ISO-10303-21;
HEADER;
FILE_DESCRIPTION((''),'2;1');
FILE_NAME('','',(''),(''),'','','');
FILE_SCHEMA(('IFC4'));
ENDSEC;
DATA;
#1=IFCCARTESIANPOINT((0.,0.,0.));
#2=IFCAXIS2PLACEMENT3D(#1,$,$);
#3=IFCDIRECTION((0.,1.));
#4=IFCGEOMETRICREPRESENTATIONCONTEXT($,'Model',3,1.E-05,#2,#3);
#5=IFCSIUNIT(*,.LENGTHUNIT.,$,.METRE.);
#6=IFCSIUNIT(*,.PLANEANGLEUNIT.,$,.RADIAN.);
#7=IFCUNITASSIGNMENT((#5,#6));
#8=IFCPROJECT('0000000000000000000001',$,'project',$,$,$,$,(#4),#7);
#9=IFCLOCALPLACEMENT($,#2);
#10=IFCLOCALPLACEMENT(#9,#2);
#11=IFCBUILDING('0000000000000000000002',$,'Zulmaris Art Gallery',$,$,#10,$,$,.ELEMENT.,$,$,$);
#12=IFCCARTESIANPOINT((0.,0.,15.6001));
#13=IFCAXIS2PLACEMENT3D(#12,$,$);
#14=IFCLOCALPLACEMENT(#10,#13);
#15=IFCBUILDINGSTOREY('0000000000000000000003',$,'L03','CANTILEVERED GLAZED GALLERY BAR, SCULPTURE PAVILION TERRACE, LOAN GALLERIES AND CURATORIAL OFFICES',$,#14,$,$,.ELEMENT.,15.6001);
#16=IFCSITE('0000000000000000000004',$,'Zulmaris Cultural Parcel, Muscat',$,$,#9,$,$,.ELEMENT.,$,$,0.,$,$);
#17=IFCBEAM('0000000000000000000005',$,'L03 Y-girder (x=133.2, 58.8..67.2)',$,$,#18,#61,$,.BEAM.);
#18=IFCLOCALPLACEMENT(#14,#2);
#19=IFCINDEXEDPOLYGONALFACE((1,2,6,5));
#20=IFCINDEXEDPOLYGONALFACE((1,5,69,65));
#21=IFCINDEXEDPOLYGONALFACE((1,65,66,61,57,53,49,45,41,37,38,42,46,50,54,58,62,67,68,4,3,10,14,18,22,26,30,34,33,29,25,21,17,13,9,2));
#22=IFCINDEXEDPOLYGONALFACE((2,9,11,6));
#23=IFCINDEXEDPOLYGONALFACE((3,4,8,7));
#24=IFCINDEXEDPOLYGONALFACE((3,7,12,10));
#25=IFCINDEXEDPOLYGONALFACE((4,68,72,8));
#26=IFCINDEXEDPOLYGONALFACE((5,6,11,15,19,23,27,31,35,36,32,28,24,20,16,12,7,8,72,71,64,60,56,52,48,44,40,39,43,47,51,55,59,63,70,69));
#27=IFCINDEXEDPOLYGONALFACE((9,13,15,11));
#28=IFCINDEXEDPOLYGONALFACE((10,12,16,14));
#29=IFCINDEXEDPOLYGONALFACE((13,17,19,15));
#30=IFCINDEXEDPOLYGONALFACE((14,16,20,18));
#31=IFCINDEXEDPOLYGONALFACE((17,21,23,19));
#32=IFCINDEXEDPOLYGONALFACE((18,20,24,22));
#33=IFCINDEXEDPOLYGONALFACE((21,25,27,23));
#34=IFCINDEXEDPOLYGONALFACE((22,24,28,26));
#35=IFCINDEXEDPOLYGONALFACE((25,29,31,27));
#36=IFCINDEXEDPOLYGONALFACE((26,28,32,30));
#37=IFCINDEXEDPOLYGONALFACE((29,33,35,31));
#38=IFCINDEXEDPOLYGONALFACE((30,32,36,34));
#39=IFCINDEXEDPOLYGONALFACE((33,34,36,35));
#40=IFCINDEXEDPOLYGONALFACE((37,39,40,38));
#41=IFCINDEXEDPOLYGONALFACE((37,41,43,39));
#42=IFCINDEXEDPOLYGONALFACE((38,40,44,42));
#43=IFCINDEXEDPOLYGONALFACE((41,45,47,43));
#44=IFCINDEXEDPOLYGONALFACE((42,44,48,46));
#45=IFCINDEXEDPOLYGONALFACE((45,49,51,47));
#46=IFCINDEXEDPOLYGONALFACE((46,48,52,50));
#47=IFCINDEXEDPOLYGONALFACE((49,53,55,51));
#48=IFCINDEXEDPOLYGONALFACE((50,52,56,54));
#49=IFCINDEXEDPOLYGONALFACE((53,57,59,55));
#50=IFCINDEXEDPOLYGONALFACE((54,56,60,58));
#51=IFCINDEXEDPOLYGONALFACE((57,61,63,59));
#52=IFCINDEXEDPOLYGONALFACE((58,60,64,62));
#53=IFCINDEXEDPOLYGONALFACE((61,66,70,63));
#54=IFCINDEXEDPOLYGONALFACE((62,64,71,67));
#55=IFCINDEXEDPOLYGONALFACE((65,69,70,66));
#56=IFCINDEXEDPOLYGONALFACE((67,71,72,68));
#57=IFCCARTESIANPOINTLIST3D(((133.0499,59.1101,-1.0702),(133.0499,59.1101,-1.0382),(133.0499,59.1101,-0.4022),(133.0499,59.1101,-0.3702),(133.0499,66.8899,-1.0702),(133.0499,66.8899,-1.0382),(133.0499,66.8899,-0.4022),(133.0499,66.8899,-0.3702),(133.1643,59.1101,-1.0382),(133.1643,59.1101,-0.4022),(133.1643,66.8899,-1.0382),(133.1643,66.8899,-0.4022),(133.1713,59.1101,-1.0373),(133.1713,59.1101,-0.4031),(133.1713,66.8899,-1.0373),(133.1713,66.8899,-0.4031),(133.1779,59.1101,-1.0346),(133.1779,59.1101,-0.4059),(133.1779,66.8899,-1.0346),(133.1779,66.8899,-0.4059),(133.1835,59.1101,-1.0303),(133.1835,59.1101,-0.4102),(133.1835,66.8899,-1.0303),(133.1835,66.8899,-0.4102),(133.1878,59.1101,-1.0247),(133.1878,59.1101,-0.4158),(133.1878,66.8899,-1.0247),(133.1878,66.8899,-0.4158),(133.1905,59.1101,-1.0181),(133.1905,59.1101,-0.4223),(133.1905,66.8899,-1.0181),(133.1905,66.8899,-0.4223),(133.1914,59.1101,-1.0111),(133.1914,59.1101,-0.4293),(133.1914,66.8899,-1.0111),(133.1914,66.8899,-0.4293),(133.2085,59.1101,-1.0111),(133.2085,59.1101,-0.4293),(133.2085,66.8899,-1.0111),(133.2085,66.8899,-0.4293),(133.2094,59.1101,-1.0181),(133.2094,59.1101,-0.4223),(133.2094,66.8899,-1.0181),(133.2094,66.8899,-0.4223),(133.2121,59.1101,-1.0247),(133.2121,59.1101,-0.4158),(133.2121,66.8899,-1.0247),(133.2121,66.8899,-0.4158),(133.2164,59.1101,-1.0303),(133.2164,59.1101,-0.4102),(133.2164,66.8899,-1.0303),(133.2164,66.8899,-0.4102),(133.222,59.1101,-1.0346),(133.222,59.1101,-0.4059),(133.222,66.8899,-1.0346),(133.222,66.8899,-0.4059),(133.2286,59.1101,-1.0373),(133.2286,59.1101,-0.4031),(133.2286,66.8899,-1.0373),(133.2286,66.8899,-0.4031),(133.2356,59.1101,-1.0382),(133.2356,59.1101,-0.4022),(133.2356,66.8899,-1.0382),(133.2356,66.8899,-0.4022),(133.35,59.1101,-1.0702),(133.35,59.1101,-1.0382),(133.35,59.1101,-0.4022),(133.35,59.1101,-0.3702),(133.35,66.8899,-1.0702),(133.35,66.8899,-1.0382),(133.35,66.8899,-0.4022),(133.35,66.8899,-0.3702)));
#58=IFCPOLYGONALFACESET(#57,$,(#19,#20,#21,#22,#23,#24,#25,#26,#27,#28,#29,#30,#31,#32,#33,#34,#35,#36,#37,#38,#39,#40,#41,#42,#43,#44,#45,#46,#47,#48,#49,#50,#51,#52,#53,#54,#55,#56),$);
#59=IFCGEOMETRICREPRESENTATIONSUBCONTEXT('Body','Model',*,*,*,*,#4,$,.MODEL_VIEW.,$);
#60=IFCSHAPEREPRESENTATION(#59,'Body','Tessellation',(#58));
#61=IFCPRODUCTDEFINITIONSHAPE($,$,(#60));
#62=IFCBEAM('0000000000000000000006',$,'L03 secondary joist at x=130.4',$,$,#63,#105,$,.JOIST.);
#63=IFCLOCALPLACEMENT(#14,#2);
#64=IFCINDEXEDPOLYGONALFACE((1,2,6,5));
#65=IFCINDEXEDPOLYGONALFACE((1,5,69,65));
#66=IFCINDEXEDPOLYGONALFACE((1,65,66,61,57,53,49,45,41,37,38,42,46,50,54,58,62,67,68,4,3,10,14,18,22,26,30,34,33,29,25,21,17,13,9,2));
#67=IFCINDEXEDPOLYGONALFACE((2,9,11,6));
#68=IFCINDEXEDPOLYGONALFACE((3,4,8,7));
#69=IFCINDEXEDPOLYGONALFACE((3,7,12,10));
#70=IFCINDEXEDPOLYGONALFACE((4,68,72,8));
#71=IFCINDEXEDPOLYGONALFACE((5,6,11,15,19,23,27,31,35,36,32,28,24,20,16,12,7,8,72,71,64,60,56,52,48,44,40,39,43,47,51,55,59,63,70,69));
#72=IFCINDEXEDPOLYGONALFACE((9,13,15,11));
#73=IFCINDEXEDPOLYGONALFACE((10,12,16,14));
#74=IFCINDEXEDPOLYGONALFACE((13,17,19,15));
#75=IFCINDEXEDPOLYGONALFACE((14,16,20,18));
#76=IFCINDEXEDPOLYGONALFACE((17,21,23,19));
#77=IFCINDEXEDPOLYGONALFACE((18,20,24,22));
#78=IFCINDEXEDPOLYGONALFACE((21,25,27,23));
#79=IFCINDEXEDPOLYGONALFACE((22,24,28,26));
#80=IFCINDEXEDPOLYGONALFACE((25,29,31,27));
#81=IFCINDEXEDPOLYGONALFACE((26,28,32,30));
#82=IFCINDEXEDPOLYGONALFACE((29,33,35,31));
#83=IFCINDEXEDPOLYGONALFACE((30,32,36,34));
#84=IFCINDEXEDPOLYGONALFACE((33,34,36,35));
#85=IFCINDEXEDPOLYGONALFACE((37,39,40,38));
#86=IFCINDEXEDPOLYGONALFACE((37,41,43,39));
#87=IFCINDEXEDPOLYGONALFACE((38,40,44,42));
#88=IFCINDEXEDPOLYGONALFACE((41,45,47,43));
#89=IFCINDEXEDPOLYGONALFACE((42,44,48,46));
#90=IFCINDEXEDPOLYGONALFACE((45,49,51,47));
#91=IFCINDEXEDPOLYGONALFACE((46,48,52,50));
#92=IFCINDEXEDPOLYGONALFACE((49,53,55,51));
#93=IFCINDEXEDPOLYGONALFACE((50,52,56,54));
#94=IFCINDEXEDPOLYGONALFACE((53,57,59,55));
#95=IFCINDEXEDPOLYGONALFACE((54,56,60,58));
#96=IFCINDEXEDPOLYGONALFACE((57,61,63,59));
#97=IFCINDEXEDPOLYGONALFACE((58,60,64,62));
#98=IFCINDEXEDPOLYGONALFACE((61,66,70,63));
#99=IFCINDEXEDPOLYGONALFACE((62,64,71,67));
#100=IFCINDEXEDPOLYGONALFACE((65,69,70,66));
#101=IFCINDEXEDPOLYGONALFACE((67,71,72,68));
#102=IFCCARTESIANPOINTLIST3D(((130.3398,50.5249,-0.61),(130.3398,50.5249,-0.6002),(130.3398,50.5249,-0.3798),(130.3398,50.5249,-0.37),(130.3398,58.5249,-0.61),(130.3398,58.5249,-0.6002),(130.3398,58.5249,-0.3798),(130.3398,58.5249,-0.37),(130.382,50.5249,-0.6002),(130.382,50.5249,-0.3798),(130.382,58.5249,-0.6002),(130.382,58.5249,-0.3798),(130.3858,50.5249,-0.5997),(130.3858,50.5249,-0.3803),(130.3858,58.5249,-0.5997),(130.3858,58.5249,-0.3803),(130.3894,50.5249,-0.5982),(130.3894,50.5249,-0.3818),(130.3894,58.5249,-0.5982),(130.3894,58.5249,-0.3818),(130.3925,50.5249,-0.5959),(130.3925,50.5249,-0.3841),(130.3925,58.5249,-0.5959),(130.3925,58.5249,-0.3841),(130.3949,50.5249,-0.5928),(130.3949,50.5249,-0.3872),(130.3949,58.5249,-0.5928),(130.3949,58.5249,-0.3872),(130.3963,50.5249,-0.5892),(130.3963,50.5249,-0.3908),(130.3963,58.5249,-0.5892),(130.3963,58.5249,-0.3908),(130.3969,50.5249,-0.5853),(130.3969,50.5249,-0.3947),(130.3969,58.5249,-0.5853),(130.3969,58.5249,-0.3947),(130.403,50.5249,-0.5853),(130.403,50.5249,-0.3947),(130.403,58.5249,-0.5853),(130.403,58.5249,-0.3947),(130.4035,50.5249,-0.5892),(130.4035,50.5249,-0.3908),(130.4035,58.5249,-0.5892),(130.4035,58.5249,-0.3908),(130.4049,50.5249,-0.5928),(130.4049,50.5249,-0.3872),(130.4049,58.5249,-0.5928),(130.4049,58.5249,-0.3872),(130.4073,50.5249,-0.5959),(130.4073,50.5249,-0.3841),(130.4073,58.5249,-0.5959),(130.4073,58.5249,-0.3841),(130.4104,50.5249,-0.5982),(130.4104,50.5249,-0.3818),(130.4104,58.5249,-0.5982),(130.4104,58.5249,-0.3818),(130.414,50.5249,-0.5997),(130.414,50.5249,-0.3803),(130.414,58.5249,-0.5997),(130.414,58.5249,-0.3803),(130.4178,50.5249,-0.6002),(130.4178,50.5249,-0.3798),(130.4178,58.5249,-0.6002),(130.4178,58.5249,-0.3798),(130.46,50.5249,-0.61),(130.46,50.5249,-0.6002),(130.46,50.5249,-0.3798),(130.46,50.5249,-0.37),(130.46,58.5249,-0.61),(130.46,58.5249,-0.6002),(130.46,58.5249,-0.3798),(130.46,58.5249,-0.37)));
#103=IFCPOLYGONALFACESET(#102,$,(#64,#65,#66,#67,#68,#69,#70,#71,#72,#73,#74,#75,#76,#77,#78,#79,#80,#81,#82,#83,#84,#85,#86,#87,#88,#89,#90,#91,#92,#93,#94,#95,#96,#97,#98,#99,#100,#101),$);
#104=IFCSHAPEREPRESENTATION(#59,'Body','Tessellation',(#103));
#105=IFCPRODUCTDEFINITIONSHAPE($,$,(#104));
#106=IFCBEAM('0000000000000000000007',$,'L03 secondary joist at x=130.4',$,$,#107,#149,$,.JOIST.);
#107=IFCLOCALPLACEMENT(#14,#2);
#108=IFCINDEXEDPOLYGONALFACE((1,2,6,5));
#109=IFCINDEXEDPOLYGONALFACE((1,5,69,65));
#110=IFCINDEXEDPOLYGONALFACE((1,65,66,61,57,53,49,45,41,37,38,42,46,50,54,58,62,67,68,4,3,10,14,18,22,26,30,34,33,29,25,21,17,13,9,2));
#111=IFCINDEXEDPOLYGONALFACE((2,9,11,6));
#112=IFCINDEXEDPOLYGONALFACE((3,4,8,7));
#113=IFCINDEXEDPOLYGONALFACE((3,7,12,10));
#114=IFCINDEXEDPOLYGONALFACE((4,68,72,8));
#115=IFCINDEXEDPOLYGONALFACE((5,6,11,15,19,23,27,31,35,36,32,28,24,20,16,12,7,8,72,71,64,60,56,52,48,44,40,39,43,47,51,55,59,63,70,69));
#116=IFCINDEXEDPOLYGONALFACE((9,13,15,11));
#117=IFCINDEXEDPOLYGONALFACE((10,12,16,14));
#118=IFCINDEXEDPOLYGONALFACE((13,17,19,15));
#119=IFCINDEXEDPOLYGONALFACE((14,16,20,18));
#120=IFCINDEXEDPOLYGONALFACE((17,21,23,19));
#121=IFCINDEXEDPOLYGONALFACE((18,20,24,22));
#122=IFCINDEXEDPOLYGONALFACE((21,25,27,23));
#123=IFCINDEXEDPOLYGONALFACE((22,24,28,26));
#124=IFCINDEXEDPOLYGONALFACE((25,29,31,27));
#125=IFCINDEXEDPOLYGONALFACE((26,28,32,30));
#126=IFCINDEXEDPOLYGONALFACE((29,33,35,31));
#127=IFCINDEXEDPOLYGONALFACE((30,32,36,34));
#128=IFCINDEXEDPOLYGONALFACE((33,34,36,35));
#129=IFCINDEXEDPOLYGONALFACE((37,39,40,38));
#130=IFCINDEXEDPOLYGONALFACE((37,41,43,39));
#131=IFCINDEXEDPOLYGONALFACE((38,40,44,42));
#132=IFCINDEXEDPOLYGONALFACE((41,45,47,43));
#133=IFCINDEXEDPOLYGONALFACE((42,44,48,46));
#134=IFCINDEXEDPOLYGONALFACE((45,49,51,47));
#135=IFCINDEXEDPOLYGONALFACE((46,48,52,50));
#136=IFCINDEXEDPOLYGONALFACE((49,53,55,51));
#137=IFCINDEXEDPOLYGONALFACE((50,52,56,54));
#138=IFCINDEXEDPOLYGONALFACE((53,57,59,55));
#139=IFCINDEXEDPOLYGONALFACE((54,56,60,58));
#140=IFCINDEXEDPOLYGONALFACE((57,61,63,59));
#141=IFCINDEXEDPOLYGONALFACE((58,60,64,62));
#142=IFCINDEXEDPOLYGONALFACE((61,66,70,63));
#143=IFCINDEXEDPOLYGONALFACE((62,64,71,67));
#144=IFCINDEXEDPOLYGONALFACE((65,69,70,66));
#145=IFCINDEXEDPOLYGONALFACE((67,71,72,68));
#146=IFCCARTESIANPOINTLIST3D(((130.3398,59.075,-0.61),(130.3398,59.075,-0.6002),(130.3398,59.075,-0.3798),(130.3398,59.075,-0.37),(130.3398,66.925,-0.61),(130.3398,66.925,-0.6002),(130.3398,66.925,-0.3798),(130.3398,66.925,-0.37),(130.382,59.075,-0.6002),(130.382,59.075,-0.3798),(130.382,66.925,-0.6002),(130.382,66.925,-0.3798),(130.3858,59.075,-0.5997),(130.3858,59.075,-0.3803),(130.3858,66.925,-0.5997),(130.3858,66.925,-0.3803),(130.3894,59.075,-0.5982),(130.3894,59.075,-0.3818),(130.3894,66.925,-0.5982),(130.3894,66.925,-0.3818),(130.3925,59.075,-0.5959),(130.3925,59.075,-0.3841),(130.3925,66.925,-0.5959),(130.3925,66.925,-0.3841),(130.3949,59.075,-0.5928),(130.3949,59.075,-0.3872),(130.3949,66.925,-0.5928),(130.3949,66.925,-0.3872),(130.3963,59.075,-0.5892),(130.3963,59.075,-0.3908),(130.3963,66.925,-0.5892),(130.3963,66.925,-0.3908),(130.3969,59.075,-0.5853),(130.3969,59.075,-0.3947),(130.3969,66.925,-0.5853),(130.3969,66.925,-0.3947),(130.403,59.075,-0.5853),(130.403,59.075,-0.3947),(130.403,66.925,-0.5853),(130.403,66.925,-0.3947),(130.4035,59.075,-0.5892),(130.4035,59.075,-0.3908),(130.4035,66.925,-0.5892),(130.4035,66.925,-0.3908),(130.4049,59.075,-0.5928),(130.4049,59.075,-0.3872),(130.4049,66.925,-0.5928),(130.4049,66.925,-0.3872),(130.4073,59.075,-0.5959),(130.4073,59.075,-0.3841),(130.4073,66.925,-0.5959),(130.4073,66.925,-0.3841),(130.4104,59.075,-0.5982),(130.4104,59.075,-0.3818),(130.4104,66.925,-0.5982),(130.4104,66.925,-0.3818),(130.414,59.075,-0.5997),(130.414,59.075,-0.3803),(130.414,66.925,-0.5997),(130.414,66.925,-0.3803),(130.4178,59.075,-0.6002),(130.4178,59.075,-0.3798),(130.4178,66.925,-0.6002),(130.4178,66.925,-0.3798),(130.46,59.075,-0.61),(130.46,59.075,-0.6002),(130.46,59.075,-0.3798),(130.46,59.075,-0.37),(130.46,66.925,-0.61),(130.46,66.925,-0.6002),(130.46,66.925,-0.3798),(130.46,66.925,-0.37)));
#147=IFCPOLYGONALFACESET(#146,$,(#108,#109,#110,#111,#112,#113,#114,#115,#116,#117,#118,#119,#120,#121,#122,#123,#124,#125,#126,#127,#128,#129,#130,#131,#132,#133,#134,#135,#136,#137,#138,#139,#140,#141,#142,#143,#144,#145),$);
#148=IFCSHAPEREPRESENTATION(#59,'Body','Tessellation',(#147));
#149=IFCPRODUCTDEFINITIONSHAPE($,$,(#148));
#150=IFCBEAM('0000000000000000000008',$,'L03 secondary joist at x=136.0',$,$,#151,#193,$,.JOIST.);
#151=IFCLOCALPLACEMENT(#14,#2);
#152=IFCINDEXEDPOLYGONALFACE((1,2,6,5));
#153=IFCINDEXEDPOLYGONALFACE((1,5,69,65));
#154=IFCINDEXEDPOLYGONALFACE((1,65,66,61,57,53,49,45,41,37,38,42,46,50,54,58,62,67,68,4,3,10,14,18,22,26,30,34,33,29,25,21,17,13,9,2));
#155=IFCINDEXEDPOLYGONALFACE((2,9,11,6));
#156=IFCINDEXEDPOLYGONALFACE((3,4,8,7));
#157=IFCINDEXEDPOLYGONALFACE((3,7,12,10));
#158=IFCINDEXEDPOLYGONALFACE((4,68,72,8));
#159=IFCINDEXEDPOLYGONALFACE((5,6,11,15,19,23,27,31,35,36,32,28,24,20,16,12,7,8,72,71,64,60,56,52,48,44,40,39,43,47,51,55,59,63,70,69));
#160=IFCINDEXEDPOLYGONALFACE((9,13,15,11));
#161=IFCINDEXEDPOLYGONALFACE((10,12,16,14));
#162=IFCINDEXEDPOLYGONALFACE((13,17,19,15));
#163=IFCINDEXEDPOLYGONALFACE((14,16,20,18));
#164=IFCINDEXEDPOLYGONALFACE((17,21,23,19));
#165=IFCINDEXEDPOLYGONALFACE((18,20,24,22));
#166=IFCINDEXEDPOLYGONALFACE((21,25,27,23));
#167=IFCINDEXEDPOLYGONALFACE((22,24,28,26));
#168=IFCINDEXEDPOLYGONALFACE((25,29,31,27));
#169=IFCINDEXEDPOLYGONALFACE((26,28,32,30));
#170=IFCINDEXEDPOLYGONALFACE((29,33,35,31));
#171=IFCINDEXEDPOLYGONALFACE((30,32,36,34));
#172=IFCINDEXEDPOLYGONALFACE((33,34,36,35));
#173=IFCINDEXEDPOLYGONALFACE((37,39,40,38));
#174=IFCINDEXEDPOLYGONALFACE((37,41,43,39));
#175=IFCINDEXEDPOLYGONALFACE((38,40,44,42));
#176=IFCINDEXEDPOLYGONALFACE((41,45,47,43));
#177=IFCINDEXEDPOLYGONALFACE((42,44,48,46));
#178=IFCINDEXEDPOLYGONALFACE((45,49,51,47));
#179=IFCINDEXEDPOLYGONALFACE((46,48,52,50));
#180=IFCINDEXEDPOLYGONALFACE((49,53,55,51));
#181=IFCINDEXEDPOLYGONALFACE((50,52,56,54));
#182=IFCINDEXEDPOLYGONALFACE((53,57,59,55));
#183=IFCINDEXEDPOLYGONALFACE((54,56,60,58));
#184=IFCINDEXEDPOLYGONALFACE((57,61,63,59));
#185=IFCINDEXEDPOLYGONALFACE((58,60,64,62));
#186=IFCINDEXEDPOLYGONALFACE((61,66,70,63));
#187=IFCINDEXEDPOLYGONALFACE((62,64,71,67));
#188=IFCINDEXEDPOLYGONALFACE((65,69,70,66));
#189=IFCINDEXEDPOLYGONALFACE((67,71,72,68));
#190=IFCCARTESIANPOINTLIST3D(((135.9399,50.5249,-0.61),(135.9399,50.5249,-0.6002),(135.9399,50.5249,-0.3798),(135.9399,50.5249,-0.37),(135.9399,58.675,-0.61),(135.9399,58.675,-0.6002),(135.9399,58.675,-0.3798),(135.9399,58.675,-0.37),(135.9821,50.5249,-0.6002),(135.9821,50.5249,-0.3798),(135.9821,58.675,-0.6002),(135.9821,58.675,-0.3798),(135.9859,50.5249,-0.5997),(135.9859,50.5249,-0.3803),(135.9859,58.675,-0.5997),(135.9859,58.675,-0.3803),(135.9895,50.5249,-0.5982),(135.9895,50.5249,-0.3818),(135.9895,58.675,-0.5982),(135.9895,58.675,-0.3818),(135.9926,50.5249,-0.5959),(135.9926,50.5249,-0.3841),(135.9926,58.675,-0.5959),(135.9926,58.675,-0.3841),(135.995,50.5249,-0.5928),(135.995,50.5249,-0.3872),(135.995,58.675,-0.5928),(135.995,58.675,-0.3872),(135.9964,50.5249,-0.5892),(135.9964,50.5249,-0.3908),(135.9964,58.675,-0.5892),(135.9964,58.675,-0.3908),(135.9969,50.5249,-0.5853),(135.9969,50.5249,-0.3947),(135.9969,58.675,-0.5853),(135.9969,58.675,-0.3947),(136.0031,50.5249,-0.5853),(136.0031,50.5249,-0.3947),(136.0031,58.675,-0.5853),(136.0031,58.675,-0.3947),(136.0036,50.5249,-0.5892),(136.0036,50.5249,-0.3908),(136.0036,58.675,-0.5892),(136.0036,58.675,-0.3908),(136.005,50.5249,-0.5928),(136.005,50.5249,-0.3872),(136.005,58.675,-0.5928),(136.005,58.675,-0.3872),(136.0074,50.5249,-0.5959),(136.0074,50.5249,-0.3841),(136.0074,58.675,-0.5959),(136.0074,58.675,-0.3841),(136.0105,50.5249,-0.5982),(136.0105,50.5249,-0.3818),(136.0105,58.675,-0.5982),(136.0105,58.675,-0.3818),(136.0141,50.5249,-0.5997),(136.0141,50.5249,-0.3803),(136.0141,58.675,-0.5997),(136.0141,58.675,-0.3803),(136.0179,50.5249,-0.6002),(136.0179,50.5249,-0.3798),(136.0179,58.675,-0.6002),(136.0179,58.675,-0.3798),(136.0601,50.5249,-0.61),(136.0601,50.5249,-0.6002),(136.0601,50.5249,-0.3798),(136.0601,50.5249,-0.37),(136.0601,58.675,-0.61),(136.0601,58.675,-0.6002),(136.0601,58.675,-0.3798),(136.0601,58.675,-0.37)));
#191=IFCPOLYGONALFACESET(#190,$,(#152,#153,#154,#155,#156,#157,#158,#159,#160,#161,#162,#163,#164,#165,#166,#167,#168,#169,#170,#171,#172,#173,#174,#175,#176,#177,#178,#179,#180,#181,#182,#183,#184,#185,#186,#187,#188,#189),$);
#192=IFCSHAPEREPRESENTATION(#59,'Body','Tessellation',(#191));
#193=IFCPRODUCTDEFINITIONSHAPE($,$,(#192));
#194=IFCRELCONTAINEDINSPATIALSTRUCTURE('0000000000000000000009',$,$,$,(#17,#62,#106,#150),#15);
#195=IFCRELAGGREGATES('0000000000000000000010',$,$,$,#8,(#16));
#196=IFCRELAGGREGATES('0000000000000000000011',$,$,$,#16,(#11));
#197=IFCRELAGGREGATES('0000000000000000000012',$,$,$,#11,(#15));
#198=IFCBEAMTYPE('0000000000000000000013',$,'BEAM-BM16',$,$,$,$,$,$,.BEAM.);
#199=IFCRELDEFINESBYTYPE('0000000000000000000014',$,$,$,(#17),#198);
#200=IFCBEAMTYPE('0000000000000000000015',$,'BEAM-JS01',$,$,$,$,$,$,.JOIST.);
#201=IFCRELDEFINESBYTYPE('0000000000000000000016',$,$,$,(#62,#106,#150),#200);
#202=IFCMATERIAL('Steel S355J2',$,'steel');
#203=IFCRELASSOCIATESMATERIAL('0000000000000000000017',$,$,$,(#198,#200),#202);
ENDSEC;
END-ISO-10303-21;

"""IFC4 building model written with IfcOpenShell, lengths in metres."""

from ifc_helpers import new_model, si_unit, direction, frame, origin, origin_2d, place, context, subcontext, project, spatial, i_section, extrude, material, material_profile, profile_set, type_object, element, save


model = new_model("IFC4")

# Units and contexts
model_context = context("Model", 3, precision=1e-05, world=origin(), true_north=direction((0.0, 1.0)))
body_context = subcontext(model_context, "Body", "Model", "MODEL_VIEW")
ifc_project = project(units=[si_unit("LENGTHUNIT", "METRE"), si_unit("PLANEANGLEUNIT", "RADIAN")], contexts=[model_context])

# Site, building, storey
site_placement = place(None, origin())
site = spatial("IfcSite", under=ifc_project, at=site_placement, Name="Zulmaris Cultural Parcel, Muscat", CompositionType="ELEMENT", RefElevation=0.0)
building_placement = place(site_placement, origin())
building = spatial("IfcBuilding", under=site, at=building_placement, Name="Zulmaris Art Gallery", CompositionType="ELEMENT")
storey_placement = place(building_placement, frame((0.0, 0.0, 15.6001)))
storey = spatial("IfcBuildingStorey", under=building, at=storey_placement, Name="L03", Description="CANTILEVERED GLAZED GALLERY BAR, SCULPTURE PAVILION TERRACE, LOAN GALLERIES AND CURATORIAL OFFICES", CompositionType="ELEMENT", Elevation=15.6001)

# Beams
ifc_material_1 = material(Name="Steel S355J2", Category="steel")
ifc_material_profile_1 = material_profile(ifc_material_1, i_section(OverallWidth=0.3, OverallDepth=0.7, WebThickness=0.0171, FlangeThickness=0.032, FilletRadius=0.0271, at=origin_2d()), Name="HEB 700")
ifc_profile_set_1 = profile_set([ifc_material_profile_1], Name="Steel S355J2")
beam_type_1 = type_object("IfcBeamType", Name="BEAM-BM16", PredefinedType="BEAM", material=ifc_profile_set_1)
beam_1_placement = place(storey_placement, frame((133.2, 59.1101, -0.7202), z_axis=(0.0, 1.0, 0.0), x_axis=(-1.0, 0.0, 0.0)))
element("IfcBeam", 1, at=beam_1_placement, inside=storey, type_object=beam_type_1, Name="L03 Y-girder (x=133.2, 58.8..67.2)", PredefinedType="BEAM", context=body_context, shape_type="SweptSolid", body=[
    extrude(i_section(OverallWidth=0.3, OverallDepth=0.7, WebThickness=0.0171, FlangeThickness=0.032, FilletRadius=0.0271, at=origin_2d()), origin(), (0.0, 0.0, 1.0), 7.7798),
])
ifc_material_profile_2 = material_profile(ifc_material_1, i_section(OverallWidth=0.1201, OverallDepth=0.24, WebThickness=0.0061, FlangeThickness=0.0098, FilletRadius=0.0149, at=origin_2d()), Name="IPE 240")
ifc_profile_set_2 = profile_set([ifc_material_profile_2], Name="Steel S355J2")
beam_type_2 = type_object("IfcBeamType", Name="BEAM-JS01", PredefinedType="JOIST", material=ifc_profile_set_2)
beam_2_placement = place(storey_placement, frame((130.3999, 50.5249, -0.49), z_axis=(0.0, 1.0, 0.0), x_axis=(-1.0, 0.0, 0.0)))
element("IfcBeam", 2, at=beam_2_placement, inside=storey, type_object=beam_type_2, Name="L03 secondary joist at x=130.4", PredefinedType="JOIST", context=body_context, shape_type="SweptSolid", body=[
    extrude(i_section(OverallWidth=0.1201, OverallDepth=0.24, WebThickness=0.0061, FlangeThickness=0.0098, FilletRadius=0.0149, at=origin_2d()), origin(), (0.0, 0.0, 1.0), 8.0),
])
beam_3_placement = place(storey_placement, frame((130.3999, 59.075, -0.49), z_axis=(0.0, 1.0, 0.0), x_axis=(-1.0, 0.0, 0.0)))
element("IfcBeam", 3, at=beam_3_placement, inside=storey, type_object=beam_type_2, Name="L03 secondary joist at x=130.4", PredefinedType="JOIST", context=body_context, shape_type="SweptSolid", body=[
    extrude(i_section(OverallWidth=0.1201, OverallDepth=0.24, WebThickness=0.0061, FlangeThickness=0.0098, FilletRadius=0.0149, at=origin_2d()), origin(), (0.0, 0.0, 1.0), 7.8501),
])
beam_4_placement = place(storey_placement, frame((136.0, 50.5249, -0.49), z_axis=(0.0, 1.0, 0.0), x_axis=(-1.0, 0.0, 0.0)))
element("IfcBeam", 4, at=beam_4_placement, inside=storey, type_object=beam_type_2, Name="L03 secondary joist at x=136.0", PredefinedType="JOIST", context=body_context, shape_type="SweptSolid", body=[
    extrude(i_section(OverallWidth=0.1201, OverallDepth=0.24, WebThickness=0.0061, FlangeThickness=0.0098, FilletRadius=0.0149, at=origin_2d()), origin(), (0.0, 0.0, 1.0), 8.1501),
])

save(model, "model.ifc")
